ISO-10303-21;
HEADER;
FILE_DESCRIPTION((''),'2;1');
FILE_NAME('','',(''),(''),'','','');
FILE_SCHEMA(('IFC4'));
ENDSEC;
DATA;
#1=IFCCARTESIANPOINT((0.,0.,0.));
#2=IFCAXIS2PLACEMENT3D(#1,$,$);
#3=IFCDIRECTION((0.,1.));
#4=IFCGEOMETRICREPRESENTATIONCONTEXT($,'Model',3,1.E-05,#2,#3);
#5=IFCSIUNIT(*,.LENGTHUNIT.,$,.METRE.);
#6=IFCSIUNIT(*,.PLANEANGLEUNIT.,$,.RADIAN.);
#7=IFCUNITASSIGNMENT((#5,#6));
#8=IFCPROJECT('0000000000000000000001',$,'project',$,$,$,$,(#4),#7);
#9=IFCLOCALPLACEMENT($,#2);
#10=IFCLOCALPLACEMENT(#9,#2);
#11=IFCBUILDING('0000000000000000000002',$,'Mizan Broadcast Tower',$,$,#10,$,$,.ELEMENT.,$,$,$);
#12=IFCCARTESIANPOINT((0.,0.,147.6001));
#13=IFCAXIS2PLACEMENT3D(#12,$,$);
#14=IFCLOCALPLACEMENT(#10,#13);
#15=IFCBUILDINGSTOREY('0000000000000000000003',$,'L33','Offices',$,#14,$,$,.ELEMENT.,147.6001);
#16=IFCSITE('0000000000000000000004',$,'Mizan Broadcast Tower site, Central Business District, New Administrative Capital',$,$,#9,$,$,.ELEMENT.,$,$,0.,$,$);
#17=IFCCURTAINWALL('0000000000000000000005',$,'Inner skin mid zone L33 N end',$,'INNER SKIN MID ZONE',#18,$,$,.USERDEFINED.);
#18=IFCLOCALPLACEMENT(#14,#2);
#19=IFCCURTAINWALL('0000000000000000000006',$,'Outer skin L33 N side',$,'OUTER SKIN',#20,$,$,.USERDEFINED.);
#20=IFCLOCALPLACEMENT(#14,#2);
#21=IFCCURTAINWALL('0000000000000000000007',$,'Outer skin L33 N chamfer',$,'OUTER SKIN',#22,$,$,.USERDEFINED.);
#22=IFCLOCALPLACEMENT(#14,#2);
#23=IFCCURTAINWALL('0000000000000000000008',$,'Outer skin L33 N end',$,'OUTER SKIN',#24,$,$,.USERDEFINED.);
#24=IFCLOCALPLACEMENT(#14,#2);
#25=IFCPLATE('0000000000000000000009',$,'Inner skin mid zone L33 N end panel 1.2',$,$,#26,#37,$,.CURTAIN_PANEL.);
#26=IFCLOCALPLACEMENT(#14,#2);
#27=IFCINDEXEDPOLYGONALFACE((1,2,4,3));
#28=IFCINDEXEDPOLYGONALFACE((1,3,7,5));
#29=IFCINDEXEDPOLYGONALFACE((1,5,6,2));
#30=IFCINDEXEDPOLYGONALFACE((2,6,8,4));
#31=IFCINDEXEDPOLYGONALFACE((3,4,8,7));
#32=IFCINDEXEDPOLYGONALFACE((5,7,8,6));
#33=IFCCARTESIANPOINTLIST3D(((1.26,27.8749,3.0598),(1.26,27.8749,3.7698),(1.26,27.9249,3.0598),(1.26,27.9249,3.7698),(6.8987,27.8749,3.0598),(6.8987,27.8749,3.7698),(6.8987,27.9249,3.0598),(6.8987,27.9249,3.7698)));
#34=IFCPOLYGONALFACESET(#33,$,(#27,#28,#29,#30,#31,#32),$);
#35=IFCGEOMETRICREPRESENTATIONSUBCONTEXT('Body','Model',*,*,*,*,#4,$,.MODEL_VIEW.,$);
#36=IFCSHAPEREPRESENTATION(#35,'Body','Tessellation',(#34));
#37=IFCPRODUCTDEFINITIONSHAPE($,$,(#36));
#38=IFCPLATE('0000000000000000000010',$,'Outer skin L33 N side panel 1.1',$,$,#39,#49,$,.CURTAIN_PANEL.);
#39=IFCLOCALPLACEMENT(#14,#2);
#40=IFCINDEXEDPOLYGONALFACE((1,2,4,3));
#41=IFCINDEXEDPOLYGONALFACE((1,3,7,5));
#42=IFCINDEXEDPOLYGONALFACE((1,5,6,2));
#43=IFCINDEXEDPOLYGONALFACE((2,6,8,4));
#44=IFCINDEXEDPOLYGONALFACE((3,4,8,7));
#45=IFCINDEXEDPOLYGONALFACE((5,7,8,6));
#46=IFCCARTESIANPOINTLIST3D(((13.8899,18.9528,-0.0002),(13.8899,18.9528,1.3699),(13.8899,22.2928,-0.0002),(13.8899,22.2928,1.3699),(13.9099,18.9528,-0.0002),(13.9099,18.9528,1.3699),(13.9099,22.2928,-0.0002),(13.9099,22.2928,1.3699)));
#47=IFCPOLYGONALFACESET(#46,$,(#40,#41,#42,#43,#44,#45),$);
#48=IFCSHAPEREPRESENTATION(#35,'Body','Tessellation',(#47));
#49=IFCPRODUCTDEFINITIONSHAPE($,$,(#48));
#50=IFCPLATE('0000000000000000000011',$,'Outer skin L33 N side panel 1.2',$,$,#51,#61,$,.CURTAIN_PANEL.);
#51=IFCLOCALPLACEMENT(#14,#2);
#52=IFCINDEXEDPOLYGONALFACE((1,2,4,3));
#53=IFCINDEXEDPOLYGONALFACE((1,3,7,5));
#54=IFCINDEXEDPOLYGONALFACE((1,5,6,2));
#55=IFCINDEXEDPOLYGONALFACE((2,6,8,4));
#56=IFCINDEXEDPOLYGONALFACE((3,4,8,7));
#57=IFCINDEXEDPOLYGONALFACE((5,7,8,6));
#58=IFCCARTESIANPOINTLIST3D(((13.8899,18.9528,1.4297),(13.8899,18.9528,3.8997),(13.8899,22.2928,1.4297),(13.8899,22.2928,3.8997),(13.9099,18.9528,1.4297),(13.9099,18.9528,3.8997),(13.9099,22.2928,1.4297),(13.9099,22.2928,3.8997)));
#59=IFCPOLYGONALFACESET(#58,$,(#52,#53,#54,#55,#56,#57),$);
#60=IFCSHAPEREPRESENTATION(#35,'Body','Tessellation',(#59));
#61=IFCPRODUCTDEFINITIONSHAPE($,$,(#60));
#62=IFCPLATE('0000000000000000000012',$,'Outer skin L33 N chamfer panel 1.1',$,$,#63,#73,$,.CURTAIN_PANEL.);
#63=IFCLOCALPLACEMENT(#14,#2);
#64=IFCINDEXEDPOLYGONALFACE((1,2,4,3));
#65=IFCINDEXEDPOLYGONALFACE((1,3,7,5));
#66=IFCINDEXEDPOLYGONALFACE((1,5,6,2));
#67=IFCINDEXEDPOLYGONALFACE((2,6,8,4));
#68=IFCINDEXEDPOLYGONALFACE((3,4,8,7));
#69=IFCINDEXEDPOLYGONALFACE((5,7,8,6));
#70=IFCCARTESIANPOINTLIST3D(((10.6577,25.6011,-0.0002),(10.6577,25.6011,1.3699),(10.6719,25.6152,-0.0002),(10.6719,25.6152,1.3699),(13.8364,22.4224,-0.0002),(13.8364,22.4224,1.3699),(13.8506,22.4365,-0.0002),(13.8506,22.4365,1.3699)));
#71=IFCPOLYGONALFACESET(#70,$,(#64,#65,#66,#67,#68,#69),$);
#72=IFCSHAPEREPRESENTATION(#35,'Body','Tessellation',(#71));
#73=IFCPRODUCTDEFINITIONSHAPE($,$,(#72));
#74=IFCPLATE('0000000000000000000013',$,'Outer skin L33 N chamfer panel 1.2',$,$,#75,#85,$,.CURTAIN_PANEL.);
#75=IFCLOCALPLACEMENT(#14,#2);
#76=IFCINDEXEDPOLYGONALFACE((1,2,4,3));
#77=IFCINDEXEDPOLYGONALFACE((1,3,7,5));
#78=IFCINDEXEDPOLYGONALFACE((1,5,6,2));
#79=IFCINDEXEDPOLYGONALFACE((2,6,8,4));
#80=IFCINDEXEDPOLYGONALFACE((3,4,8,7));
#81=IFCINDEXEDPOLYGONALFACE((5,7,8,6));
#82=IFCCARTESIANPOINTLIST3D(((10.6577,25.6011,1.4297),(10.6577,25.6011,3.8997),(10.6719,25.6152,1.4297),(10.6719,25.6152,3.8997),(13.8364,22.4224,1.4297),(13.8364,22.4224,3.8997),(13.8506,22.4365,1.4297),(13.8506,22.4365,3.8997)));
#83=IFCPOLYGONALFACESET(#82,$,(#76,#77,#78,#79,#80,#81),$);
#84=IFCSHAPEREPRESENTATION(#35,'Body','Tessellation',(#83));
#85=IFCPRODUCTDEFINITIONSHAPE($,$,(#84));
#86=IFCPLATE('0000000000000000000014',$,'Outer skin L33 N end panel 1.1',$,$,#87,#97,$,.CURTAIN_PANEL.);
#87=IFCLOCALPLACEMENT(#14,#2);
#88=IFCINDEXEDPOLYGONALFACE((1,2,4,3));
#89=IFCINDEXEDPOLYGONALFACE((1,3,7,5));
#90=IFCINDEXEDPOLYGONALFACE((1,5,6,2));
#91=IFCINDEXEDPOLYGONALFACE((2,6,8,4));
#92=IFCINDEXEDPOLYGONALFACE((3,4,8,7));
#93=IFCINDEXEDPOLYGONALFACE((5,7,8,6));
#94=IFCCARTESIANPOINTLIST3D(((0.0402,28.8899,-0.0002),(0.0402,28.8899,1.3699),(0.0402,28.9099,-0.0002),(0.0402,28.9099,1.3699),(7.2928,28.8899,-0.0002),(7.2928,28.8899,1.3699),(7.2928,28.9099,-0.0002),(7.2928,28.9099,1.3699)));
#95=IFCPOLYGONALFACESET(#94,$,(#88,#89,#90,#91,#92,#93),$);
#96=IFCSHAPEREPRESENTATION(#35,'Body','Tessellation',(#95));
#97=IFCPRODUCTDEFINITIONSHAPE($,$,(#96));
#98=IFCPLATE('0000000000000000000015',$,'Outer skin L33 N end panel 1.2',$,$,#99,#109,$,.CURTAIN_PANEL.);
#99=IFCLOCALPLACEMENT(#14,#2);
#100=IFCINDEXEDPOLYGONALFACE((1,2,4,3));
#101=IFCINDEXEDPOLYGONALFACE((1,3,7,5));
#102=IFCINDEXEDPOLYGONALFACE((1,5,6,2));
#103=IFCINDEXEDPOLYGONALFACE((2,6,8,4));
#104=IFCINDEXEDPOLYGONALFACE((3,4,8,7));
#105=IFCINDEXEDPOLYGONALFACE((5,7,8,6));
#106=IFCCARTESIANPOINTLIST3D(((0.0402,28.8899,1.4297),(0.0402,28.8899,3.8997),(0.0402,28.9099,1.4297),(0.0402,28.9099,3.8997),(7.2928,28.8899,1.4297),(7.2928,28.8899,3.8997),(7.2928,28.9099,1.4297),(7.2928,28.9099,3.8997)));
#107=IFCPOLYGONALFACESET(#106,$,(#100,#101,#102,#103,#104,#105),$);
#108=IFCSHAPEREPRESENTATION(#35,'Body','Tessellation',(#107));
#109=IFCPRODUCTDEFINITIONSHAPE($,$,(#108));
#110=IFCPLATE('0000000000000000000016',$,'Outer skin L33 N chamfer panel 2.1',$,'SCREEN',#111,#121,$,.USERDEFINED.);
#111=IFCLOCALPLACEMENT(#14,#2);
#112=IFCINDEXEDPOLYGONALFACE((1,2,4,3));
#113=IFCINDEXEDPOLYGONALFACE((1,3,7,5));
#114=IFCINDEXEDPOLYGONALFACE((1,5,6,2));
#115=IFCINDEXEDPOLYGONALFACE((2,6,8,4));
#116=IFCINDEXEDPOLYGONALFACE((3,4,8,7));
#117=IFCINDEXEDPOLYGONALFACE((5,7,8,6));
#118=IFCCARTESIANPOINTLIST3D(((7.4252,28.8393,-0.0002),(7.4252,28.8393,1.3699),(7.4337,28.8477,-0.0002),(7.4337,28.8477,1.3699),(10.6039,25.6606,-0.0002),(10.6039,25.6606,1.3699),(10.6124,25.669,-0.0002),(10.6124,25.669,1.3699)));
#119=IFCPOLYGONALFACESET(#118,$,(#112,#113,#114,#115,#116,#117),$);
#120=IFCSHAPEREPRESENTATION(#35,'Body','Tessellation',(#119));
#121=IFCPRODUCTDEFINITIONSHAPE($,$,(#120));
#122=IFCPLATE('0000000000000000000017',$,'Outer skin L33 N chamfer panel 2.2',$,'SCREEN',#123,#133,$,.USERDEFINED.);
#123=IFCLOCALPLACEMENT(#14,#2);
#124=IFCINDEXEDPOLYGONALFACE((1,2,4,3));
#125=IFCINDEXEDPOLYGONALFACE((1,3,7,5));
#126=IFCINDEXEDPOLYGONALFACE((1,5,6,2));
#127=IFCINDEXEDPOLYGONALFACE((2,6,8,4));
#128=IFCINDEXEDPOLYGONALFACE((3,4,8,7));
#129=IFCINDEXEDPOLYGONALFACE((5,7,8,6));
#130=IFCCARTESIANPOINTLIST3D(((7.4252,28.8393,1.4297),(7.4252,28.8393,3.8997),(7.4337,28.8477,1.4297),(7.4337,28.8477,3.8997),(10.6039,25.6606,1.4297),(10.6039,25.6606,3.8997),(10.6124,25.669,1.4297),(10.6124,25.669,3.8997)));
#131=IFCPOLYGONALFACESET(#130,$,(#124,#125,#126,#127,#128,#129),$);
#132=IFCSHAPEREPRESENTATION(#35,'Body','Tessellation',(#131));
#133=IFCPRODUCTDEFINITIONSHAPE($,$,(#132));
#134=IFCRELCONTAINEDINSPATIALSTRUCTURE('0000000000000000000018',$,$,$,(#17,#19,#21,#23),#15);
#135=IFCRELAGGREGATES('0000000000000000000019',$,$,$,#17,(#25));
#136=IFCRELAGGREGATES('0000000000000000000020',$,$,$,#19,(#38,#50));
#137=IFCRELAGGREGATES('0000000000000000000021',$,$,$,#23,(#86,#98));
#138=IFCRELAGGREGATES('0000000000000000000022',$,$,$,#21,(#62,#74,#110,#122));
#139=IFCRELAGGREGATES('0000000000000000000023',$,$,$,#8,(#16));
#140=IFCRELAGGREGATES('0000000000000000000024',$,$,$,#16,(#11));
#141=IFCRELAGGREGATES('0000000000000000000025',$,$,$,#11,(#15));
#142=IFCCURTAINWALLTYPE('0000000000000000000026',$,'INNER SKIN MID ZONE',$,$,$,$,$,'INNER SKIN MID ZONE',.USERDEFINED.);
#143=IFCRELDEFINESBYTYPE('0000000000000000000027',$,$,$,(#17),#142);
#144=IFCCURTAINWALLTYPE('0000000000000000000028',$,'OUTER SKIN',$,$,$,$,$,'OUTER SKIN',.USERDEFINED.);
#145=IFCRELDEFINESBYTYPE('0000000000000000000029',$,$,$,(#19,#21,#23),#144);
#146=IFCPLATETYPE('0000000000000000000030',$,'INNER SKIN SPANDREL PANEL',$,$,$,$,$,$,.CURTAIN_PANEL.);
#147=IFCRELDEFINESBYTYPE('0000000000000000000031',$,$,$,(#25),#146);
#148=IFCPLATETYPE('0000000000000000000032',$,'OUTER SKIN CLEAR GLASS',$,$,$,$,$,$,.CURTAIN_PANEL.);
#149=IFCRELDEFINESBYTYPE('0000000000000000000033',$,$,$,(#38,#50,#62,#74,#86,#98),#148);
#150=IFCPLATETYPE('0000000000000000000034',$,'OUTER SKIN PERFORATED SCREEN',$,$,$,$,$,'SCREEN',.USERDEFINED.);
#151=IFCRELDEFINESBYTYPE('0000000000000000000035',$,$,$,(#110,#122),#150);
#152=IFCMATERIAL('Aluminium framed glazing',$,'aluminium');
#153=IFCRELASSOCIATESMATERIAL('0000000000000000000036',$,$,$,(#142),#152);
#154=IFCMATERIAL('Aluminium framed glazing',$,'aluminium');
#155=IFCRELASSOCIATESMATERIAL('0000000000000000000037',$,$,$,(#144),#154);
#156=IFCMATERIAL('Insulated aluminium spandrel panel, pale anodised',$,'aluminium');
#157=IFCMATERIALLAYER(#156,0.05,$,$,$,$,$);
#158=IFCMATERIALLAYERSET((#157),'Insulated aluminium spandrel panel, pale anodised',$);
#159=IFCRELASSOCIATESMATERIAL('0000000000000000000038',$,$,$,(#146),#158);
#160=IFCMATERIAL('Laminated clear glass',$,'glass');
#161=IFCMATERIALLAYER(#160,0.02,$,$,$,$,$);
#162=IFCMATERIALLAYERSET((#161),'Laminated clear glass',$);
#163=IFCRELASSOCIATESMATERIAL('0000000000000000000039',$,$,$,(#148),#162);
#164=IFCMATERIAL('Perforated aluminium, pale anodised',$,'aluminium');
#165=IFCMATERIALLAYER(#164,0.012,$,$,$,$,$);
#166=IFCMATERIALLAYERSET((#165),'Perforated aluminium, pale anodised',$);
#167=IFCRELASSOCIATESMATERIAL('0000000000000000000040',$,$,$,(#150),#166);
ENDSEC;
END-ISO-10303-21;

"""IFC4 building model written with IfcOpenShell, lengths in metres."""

from ifc_helpers import new_model, si_unit, direction, frame, origin, origin_2d, place, context, subcontext, project, spatial, rectangle, extrude, material, layer, layer_set, type_object, element, aggregate, save


model = new_model("IFC4")

# Units and contexts
model_context = context("Model", 3, precision=1e-05, world=origin(), true_north=direction((0.0, 1.0)))
body_context = subcontext(model_context, "Body", "Model", "MODEL_VIEW")
ifc_project = project(units=[si_unit("LENGTHUNIT", "METRE"), si_unit("PLANEANGLEUNIT", "RADIAN")], contexts=[model_context])

# Site, building, storey
site_placement = place(None, origin())
site = spatial("IfcSite", under=ifc_project, at=site_placement, Name="Mizan Broadcast Tower site, Central Business District, New Administrative Capital", CompositionType="ELEMENT", RefElevation=0.0)
building_placement = place(site_placement, origin())
building = spatial("IfcBuilding", under=site, at=building_placement, Name="Mizan Broadcast Tower", CompositionType="ELEMENT")
storey_placement = place(building_placement, frame((0.0, 0.0, 147.6001)))
storey = spatial("IfcBuildingStorey", under=building, at=storey_placement, Name="L33", Description="Offices", CompositionType="ELEMENT", Elevation=147.6001)

# Curtain wall
ifc_material_1 = material(Name="Aluminium framed glazing", Category="aluminium")
curtain_wall_type_1 = type_object("IfcCurtainWallType", Name="INNER SKIN MID ZONE", ElementType="INNER SKIN MID ZONE", PredefinedType="USERDEFINED", material=ifc_material_1)
curtain_wall_1_placement = place(storey_placement, origin())
curtain_wall_1 = element("IfcCurtainWall", 1, at=curtain_wall_1_placement, inside=storey, type_object=curtain_wall_type_1, Name="Inner skin mid zone L33 N end", ObjectType="INNER SKIN MID ZONE", PredefinedType="USERDEFINED")

# Curtain wall
ifc_material_2 = material(Name="Aluminium framed glazing", Category="aluminium")
curtain_wall_type_2 = type_object("IfcCurtainWallType", Name="OUTER SKIN", ElementType="OUTER SKIN", PredefinedType="USERDEFINED", material=ifc_material_2)
curtain_wall_2_placement = place(storey_placement, origin())
curtain_wall_2 = element("IfcCurtainWall", 2, at=curtain_wall_2_placement, inside=storey, type_object=curtain_wall_type_2, Name="Outer skin L33 N side", ObjectType="OUTER SKIN", PredefinedType="USERDEFINED")

# Curtain wall
curtain_wall_3_placement = place(storey_placement, origin())
curtain_wall_3 = element("IfcCurtainWall", 3, at=curtain_wall_3_placement, inside=storey, type_object=curtain_wall_type_2, Name="Outer skin L33 N chamfer", ObjectType="OUTER SKIN", PredefinedType="USERDEFINED")

# Curtain wall
curtain_wall_4_placement = place(storey_placement, origin())
curtain_wall_4 = element("IfcCurtainWall", 4, at=curtain_wall_4_placement, inside=storey, type_object=curtain_wall_type_2, Name="Outer skin L33 N end", ObjectType="OUTER SKIN", PredefinedType="USERDEFINED")

# Plates
ifc_material_3 = material(Name="Insulated aluminium spandrel panel, pale anodised", Category="aluminium")
ifc_layer_1 = layer(ifc_material_3, 0.05)
ifc_layer_set_1 = layer_set([ifc_layer_1], Name="Insulated aluminium spandrel panel, pale anodised")
plate_type_1 = type_object("IfcPlateType", Name="INNER SKIN SPANDREL PANEL", PredefinedType="CURTAIN_PANEL", material=ifc_layer_set_1)
plate_1_placement = place(storey_placement, frame((4.0793, 27.8999, 3.0598), z_axis=(0.0, 0.0, 1.0), x_axis=(-1.0, 0.0, 0.0)))
plate_1 = element("IfcPlate", 5, at=plate_1_placement, type_object=plate_type_1, Name="Inner skin mid zone L33 N end panel 1.2", PredefinedType="CURTAIN_PANEL", context=body_context, shape_type="SweptSolid", body=[
    extrude(rectangle(XDim=5.6387, YDim=0.05, at=origin_2d()), origin(), (0.0, 0.0, 1.0), 0.71),
])
aggregate(curtain_wall_1, [plate_1])
ifc_material_4 = material(Name="Laminated clear glass", Category="glass")
ifc_layer_2 = layer(ifc_material_4, 0.02)
ifc_layer_set_2 = layer_set([ifc_layer_2], Name="Laminated clear glass")
plate_type_2 = type_object("IfcPlateType", Name="OUTER SKIN CLEAR GLASS", PredefinedType="CURTAIN_PANEL", material=ifc_layer_set_2)
plate_2_placement = place(storey_placement, frame((13.8999, 20.6228, -0.0002), z_axis=(0.0, 0.0, 1.0), x_axis=(0.0, 1.0, 0.0)))
plate_2 = element("IfcPlate", 6, at=plate_2_placement, type_object=plate_type_2, Name="Outer skin L33 N side panel 1.1", PredefinedType="CURTAIN_PANEL", context=body_context, shape_type="SweptSolid", body=[
    extrude(rectangle(XDim=3.3401, YDim=0.02, at=origin_2d()), origin(), (0.0, 0.0, 1.0), 1.3701),
])
plate_3_placement = place(storey_placement, frame((13.8999, 20.6228, 1.4297), z_axis=(0.0, 0.0, 1.0), x_axis=(0.0, 1.0, 0.0)))
plate_3 = element("IfcPlate", 7, at=plate_3_placement, type_object=plate_type_2, Name="Outer skin L33 N side panel 1.2", PredefinedType="CURTAIN_PANEL", context=body_context, shape_type="SweptSolid", body=[
    extrude(rectangle(XDim=3.3401, YDim=0.02, at=origin_2d()), origin(), (0.0, 0.0, 1.0), 2.47),
])
aggregate(curtain_wall_2, [plate_2, plate_3])
plate_4_placement = place(storey_placement, frame((12.2542, 24.0188, -0.0002), z_axis=(0.0, 0.0, 1.0), x_axis=(-0.707107, 0.707107, 0.0)))
plate_4 = element("IfcPlate", 8, at=plate_4_placement, type_object=plate_type_2, Name="Outer skin L33 N chamfer panel 1.1", PredefinedType="CURTAIN_PANEL", context=body_context, shape_type="SweptSolid", body=[
    extrude(rectangle(XDim=4.4954, YDim=0.02, at=origin_2d()), origin(), (0.0, 0.0, 1.0), 1.3701),
])
plate_5_placement = place(storey_placement, frame((12.2542, 24.0188, 1.4297), z_axis=(0.0, 0.0, 1.0), x_axis=(-0.707107, 0.707107, 0.0)))
plate_5 = element("IfcPlate", 9, at=plate_5_placement, type_object=plate_type_2, Name="Outer skin L33 N chamfer panel 1.2", PredefinedType="CURTAIN_PANEL", context=body_context, shape_type="SweptSolid", body=[
    extrude(rectangle(XDim=4.4954, YDim=0.02, at=origin_2d()), origin(), (0.0, 0.0, 1.0), 2.47),
])
plate_6_placement = place(storey_placement, frame((3.6665, 28.8999, -0.0002), z_axis=(0.0, 0.0, 1.0), x_axis=(-1.0, 0.0, 0.0)))
plate_6 = element("IfcPlate", 10, at=plate_6_placement, type_object=plate_type_2, Name="Outer skin L33 N end panel 1.1", PredefinedType="CURTAIN_PANEL", context=body_context, shape_type="SweptSolid", body=[
    extrude(rectangle(XDim=7.2527, YDim=0.02, at=origin_2d()), origin(), (0.0, 0.0, 1.0), 1.3701),
])
plate_7_placement = place(storey_placement, frame((3.6665, 28.8999, 1.4297), z_axis=(0.0, 0.0, 1.0), x_axis=(-1.0, 0.0, 0.0)))
plate_7 = element("IfcPlate", 11, at=plate_7_placement, type_object=plate_type_2, Name="Outer skin L33 N end panel 1.2", PredefinedType="CURTAIN_PANEL", context=body_context, shape_type="SweptSolid", body=[
    extrude(rectangle(XDim=7.2527, YDim=0.02, at=origin_2d()), origin(), (0.0, 0.0, 1.0), 2.47),
])
aggregate(curtain_wall_4, [plate_6, plate_7])
ifc_material_5 = material(Name="Perforated aluminium, pale anodised", Category="aluminium")
ifc_layer_3 = layer(ifc_material_5, 0.012)
ifc_layer_set_3 = layer_set([ifc_layer_3], Name="Perforated aluminium, pale anodised")
plate_type_3 = type_object("IfcPlateType", Name="OUTER SKIN PERFORATED SCREEN", ElementType="SCREEN", PredefinedType="USERDEFINED", material=ifc_layer_set_3)
plate_8_placement = place(storey_placement, frame((9.0188, 27.2542, -0.0002), z_axis=(0.0, 0.0, 1.0), x_axis=(-0.707107, 0.707107, 0.0)))
plate_8 = element("IfcPlate", 12, at=plate_8_placement, type_object=plate_type_3, Name="Outer skin L33 N chamfer panel 2.1", ObjectType="SCREEN", PredefinedType="USERDEFINED", context=body_context, shape_type="SweptSolid", body=[
    extrude(rectangle(XDim=4.4954, YDim=0.012, at=origin_2d()), origin(), (0.0, 0.0, 1.0), 1.3701),
])
plate_9_placement = place(storey_placement, frame((9.0188, 27.2542, 1.4297), z_axis=(0.0, 0.0, 1.0), x_axis=(-0.707107, 0.707107, 0.0)))
plate_9 = element("IfcPlate", 13, at=plate_9_placement, type_object=plate_type_3, Name="Outer skin L33 N chamfer panel 2.2", ObjectType="SCREEN", PredefinedType="USERDEFINED", context=body_context, shape_type="SweptSolid", body=[
    extrude(rectangle(XDim=4.4954, YDim=0.012, at=origin_2d()), origin(), (0.0, 0.0, 1.0), 2.47),
])
aggregate(curtain_wall_3, [plate_4, plate_5, plate_8, plate_9])

save(model, "model.ifc")
